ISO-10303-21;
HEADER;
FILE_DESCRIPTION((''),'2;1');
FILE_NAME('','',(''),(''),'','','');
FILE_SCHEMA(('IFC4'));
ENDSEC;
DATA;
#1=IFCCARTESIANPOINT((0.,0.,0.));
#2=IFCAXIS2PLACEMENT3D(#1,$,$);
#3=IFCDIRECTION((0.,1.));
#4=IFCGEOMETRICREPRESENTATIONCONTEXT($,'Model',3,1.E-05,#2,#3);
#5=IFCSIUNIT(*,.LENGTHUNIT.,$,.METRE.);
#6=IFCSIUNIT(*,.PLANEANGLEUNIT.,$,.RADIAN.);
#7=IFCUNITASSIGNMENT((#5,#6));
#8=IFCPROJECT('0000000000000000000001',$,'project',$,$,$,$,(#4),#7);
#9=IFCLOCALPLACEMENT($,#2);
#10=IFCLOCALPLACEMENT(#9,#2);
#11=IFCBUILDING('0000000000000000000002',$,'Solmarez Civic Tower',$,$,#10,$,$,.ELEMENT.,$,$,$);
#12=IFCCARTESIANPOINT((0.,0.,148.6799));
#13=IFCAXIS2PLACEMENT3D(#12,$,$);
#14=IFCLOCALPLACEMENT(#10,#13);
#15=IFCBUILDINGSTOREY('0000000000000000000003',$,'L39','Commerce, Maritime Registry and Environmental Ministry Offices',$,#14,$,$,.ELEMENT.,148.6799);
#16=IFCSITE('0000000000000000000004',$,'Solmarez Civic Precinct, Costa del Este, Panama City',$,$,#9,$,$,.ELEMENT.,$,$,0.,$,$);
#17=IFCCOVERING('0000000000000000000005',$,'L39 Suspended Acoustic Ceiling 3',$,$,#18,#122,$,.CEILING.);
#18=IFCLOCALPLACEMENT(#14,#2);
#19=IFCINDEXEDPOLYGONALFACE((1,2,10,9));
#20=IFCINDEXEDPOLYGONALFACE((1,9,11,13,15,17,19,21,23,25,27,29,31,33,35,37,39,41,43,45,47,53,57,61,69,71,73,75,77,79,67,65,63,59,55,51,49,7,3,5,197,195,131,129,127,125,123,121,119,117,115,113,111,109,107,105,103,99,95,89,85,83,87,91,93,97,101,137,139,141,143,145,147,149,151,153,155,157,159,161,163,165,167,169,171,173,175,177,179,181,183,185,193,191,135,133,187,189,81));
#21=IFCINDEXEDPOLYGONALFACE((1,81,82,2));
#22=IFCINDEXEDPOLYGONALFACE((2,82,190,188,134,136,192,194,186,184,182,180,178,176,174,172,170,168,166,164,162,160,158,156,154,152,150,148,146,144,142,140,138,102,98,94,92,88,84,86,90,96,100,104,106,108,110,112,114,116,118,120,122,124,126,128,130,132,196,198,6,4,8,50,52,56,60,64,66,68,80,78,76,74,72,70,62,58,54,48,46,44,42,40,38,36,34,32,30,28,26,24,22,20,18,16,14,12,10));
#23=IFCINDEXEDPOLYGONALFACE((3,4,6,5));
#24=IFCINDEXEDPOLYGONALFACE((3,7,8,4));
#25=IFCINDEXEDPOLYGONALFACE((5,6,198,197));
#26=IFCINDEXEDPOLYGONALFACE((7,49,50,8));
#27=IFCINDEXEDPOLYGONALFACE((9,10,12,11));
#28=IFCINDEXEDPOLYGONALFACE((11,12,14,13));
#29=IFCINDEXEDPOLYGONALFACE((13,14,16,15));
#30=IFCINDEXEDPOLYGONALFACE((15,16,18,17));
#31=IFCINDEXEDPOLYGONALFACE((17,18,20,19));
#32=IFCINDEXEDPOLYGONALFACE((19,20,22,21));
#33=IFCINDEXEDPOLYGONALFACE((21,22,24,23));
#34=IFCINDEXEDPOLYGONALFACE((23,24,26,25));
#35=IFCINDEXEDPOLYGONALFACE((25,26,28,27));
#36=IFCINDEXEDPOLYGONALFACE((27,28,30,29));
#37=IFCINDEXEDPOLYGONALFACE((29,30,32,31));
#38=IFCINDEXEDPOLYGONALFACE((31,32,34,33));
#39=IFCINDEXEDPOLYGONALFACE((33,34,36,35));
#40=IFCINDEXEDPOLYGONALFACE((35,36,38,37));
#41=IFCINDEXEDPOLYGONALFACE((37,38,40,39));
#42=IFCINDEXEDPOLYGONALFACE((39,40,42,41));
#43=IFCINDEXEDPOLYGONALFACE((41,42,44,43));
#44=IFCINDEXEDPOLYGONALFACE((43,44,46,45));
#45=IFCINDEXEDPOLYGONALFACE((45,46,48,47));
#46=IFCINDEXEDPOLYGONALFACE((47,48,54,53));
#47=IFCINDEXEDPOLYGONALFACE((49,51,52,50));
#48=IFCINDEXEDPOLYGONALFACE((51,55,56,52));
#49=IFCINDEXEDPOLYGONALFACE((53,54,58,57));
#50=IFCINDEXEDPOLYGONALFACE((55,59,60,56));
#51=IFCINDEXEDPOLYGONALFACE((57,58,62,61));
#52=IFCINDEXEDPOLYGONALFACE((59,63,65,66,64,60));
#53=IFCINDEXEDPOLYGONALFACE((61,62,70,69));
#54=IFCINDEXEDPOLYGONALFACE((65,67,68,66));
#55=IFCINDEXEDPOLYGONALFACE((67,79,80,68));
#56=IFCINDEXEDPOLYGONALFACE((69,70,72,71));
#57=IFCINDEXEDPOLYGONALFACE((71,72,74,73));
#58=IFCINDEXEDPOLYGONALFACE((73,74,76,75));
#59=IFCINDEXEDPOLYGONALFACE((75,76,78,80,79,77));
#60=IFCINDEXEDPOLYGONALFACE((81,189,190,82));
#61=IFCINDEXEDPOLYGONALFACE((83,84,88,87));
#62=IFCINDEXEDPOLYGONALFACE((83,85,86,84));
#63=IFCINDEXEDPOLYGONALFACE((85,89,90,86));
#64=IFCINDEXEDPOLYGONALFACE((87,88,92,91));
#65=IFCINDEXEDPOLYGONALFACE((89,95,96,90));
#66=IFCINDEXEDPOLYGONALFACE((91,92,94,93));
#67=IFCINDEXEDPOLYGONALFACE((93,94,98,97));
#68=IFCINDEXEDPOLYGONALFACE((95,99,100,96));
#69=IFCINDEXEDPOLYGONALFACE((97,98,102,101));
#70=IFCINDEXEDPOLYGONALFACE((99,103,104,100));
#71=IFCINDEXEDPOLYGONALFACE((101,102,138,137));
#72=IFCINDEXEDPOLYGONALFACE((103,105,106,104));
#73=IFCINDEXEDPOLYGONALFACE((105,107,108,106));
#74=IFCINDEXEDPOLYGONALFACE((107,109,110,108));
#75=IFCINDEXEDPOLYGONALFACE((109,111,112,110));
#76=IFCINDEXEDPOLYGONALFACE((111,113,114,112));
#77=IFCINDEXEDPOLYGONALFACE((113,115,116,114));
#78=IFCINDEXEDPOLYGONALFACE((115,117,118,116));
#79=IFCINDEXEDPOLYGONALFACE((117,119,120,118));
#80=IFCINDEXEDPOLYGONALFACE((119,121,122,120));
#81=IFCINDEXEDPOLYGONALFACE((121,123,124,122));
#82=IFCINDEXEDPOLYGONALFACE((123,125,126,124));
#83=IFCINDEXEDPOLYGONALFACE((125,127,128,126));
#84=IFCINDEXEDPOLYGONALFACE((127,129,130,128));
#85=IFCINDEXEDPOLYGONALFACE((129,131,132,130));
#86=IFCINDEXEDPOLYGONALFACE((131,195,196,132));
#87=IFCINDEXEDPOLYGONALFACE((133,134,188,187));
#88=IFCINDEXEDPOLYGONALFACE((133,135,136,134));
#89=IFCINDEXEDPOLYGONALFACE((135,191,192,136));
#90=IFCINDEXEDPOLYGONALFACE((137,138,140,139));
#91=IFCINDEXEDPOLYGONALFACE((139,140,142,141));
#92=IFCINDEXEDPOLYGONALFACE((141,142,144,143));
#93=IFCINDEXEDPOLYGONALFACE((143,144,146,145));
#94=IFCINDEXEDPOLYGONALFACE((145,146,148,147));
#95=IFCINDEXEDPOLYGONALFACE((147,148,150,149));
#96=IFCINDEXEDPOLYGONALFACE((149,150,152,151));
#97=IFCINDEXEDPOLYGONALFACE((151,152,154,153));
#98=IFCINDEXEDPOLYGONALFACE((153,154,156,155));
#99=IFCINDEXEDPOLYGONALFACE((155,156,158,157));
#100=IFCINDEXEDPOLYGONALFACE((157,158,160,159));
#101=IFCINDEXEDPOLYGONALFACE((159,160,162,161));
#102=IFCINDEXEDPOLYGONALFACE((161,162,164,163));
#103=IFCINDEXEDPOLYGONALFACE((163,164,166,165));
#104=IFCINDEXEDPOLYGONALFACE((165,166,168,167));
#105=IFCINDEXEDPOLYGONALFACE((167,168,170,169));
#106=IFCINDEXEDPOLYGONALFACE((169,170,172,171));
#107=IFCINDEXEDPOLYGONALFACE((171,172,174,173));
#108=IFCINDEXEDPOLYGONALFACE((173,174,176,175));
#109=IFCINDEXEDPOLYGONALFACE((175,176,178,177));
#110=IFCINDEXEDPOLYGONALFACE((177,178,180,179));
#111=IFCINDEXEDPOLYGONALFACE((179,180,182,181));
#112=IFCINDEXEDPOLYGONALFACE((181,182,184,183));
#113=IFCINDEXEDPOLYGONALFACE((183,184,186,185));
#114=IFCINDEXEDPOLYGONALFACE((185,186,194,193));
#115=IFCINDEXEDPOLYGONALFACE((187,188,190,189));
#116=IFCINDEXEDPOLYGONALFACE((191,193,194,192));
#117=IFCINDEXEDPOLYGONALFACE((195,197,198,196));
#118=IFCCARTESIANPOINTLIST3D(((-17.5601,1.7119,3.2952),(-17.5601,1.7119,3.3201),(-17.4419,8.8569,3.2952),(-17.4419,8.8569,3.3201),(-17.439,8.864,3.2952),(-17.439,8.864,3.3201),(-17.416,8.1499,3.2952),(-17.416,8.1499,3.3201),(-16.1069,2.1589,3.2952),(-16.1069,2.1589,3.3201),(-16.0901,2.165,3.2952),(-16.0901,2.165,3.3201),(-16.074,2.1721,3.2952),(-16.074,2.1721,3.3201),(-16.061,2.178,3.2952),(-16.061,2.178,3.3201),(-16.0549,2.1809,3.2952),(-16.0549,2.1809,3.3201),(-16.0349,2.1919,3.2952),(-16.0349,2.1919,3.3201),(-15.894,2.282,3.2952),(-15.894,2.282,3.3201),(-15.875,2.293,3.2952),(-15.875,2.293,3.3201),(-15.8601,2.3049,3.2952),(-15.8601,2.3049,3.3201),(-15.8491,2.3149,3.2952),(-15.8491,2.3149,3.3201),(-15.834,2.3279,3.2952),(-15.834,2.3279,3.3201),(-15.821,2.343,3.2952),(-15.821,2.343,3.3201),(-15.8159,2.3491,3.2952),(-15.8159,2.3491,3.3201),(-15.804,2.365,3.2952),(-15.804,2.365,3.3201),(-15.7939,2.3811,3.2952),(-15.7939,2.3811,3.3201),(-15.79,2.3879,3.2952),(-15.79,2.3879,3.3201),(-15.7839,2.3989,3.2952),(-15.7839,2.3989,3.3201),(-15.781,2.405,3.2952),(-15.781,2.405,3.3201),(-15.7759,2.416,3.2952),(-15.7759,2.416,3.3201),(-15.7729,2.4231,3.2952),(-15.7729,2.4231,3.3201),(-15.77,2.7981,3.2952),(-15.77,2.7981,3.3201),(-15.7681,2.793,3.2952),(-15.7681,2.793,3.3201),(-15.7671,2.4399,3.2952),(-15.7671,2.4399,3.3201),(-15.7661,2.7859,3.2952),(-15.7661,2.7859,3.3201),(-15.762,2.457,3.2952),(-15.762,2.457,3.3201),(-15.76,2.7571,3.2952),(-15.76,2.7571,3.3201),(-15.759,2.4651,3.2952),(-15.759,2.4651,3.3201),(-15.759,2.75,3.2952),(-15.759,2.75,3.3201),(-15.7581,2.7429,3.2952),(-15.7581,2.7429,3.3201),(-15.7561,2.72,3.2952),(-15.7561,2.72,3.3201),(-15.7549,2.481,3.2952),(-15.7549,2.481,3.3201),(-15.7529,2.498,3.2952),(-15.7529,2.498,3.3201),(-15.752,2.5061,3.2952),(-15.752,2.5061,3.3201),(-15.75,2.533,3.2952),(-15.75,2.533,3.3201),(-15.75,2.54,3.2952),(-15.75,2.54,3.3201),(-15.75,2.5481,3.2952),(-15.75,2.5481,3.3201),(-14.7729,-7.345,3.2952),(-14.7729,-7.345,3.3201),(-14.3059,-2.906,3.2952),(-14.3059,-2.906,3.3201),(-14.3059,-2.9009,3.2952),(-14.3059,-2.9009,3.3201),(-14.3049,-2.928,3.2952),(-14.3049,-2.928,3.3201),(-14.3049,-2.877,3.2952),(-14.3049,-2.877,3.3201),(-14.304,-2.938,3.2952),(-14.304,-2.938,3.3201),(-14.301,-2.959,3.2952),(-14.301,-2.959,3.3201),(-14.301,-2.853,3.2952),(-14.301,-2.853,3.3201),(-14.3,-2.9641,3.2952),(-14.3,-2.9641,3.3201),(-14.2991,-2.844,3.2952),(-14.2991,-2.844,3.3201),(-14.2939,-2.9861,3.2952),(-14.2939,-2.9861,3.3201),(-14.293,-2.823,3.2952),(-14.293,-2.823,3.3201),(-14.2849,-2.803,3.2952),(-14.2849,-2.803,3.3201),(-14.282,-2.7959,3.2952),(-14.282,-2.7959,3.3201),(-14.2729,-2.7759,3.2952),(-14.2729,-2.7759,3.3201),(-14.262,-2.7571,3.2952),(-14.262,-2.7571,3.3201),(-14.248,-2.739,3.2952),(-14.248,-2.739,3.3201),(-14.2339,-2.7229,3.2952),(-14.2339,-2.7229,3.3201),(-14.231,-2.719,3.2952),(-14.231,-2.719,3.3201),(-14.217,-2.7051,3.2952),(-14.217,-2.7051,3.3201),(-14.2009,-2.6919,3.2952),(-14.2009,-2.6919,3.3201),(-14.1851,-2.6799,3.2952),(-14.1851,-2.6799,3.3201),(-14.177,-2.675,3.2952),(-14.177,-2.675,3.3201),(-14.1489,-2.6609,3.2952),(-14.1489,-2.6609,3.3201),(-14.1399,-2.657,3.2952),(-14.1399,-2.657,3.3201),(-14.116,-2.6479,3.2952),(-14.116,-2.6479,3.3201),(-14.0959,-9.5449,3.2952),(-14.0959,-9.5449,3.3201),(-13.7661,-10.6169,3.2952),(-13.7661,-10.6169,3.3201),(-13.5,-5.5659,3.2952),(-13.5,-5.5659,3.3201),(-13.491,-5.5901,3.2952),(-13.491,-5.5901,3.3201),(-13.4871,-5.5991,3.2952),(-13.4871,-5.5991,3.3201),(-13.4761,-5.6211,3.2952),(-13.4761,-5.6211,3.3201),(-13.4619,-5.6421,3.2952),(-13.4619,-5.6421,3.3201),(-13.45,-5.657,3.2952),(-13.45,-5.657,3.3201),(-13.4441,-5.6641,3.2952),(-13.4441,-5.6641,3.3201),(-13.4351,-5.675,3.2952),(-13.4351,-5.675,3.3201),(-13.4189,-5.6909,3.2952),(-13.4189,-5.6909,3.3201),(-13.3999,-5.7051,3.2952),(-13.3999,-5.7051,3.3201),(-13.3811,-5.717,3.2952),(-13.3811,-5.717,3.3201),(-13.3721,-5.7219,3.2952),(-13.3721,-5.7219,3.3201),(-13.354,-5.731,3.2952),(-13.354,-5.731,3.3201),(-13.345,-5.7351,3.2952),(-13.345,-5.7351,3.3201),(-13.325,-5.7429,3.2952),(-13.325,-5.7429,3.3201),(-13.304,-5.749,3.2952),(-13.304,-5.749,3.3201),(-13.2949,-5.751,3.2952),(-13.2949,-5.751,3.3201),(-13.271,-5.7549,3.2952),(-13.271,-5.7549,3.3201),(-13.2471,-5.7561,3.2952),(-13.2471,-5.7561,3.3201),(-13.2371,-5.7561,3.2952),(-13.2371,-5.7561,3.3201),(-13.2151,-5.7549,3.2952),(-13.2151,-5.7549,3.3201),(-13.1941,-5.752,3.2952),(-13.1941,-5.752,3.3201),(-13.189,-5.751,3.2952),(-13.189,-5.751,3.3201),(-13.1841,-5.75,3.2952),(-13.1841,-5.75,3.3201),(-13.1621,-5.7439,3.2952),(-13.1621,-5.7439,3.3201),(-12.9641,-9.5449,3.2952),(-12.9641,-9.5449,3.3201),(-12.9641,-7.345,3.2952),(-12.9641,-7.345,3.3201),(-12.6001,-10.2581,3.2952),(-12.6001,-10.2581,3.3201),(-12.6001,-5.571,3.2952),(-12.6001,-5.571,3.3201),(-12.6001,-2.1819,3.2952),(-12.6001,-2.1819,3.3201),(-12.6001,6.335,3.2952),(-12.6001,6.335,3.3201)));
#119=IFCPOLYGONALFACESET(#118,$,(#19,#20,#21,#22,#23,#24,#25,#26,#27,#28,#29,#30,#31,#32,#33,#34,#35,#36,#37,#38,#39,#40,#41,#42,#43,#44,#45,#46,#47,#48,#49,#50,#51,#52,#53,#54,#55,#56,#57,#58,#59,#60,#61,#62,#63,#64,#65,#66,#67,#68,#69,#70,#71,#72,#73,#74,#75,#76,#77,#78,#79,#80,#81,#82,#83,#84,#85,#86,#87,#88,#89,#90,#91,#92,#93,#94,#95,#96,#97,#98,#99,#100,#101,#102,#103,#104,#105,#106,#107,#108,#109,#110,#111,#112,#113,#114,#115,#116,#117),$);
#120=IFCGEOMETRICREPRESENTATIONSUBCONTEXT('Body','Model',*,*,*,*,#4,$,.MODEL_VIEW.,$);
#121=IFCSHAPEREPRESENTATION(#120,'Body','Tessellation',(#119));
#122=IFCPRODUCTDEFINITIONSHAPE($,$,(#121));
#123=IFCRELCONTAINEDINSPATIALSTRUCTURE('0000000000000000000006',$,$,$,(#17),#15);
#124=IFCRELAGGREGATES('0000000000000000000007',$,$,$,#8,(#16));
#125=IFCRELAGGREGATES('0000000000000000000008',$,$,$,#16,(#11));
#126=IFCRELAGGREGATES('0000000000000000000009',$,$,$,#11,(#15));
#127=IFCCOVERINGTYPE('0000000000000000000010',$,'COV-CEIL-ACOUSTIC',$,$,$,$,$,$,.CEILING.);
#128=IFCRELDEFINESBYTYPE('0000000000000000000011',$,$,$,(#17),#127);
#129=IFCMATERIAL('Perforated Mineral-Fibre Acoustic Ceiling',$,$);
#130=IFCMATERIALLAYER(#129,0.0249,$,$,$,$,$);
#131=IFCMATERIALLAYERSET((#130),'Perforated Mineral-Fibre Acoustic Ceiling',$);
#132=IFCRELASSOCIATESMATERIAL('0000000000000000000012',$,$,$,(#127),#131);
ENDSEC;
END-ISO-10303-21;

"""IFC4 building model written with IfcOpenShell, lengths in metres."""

from ifc_helpers import new_model, si_unit, direction, frame, origin, place, context, subcontext, project, spatial, polyline, outline, extrude, material, layer, layer_set, type_object, element, save


model = new_model("IFC4")

# Units and contexts
model_context = context("Model", 3, precision=1e-05, world=origin(), true_north=direction((0.0, 1.0)))
body_context = subcontext(model_context, "Body", "Model", "MODEL_VIEW")
ifc_project = project(units=[si_unit("LENGTHUNIT", "METRE"), si_unit("PLANEANGLEUNIT", "RADIAN")], contexts=[model_context])

# Site, building, storey
site_placement = place(None, origin())
site = spatial("IfcSite", under=ifc_project, at=site_placement, Name="Solmarez Civic Precinct, Costa del Este, Panama City", CompositionType="ELEMENT", RefElevation=0.0)
building_placement = place(site_placement, origin())
building = spatial("IfcBuilding", under=site, at=building_placement, Name="Solmarez Civic Tower", CompositionType="ELEMENT")
storey_placement = place(building_placement, frame((0.0, 0.0, 148.6799)))
storey = spatial("IfcBuildingStorey", under=building, at=storey_placement, Name="L39", Description="Commerce, Maritime Registry and Environmental Ministry Offices", CompositionType="ELEMENT", Elevation=148.6799)

# Covering
ifc_material_1 = material(Name="Perforated Mineral-Fibre Acoustic Ceiling")
ifc_layer_1 = layer(ifc_material_1, 0.0249)
ifc_layer_set_1 = layer_set([ifc_layer_1], Name="Perforated Mineral-Fibre Acoustic Ceiling")
covering_type_1 = type_object("IfcCoveringType", Name="COV-CEIL-ACOUSTIC", PredefinedType="CEILING", material=ifc_layer_set_1)
covering_1_placement = place(storey_placement, frame((0.0, 0.0, 3.2952)))
element("IfcCovering", 1, at=covering_1_placement, inside=storey, type_object=covering_type_1, Name="L39 Suspended Acoustic Ceiling 3", PredefinedType="CEILING", context=body_context, shape_type="SweptSolid", body=[
    extrude(outline(polyline([(-15.8601, 2.3049), (-15.875, 2.293), (-15.894, 2.282), (-16.0349, 2.1919), (-16.0549, 2.1809), (-16.061, 2.178), (-16.074, 2.1721), (-16.0901, 2.165), (-16.1069, 2.1589), (-17.5601, 1.7119), (-14.7729, -7.345), (-12.9641, -7.345), (-12.9641, -9.5449), (-14.0959, -9.5449), (-13.7661, -10.6169), (-12.6001, -10.2581), (-12.6001, -5.571), (-13.1621, -5.7439), (-13.1841, -5.75), (-13.189, -5.751), (-13.1941, -5.752), (-13.2151, -5.7549), (-13.2371, -5.7561), (-13.2471, -5.7561), (-13.271, -5.7549), (-13.2949, -5.751), (-13.304, -5.749), (-13.325, -5.7429), (-13.345, -5.7351), (-13.354, -5.731), (-13.3721, -5.7219), (-13.3811, -5.717), (-13.3999, -5.7051), (-13.4189, -5.6909), (-13.4351, -5.675), (-13.4441, -5.6641), (-13.45, -5.657), (-13.4619, -5.6421), (-13.4761, -5.6211), (-13.4871, -5.5991), (-13.491, -5.5901), (-13.5, -5.5659), (-14.2939, -2.9861), (-14.3, -2.9641), (-14.301, -2.959), (-14.304, -2.938), (-14.3049, -2.928), (-14.3059, -2.906), (-14.3059, -2.9009), (-14.3049, -2.877), (-14.301, -2.853), (-14.2991, -2.844), (-14.293, -2.823), (-14.2849, -2.803), (-14.282, -2.7959), (-14.2729, -2.7759), (-14.262, -2.7571), (-14.248, -2.739), (-14.2339, -2.7229), (-14.231, -2.719), (-14.217, -2.7051), (-14.2009, -2.6919), (-14.1851, -2.6799), (-14.177, -2.675), (-14.1489, -2.6609), (-14.1399, -2.657), (-14.116, -2.6479), (-12.6001, -2.1819), (-12.6001, 6.335), (-17.439, 8.864), (-17.4419, 8.8569), (-17.416, 8.1499), (-15.77, 2.7981), (-15.7681, 2.793), (-15.7661, 2.7859), (-15.76, 2.7571), (-15.759, 2.75), (-15.7581, 2.7429), (-15.7561, 2.72), (-15.75, 2.5481), (-15.75, 2.54), (-15.75, 2.533), (-15.752, 2.5061), (-15.7529, 2.498), (-15.7549, 2.481), (-15.759, 2.4651), (-15.762, 2.457), (-15.7671, 2.4399), (-15.7729, 2.4231), (-15.7759, 2.416), (-15.781, 2.405), (-15.7839, 2.3989), (-15.79, 2.3879), (-15.7939, 2.3811), (-15.804, 2.365), (-15.8159, 2.3491), (-15.821, 2.343), (-15.834, 2.3279), (-15.8491, 2.3149), (-15.8601, 2.3049)])), origin(), (0.0, 0.0, 1.0), 0.0249),
])

save(model, "model.ifc")
